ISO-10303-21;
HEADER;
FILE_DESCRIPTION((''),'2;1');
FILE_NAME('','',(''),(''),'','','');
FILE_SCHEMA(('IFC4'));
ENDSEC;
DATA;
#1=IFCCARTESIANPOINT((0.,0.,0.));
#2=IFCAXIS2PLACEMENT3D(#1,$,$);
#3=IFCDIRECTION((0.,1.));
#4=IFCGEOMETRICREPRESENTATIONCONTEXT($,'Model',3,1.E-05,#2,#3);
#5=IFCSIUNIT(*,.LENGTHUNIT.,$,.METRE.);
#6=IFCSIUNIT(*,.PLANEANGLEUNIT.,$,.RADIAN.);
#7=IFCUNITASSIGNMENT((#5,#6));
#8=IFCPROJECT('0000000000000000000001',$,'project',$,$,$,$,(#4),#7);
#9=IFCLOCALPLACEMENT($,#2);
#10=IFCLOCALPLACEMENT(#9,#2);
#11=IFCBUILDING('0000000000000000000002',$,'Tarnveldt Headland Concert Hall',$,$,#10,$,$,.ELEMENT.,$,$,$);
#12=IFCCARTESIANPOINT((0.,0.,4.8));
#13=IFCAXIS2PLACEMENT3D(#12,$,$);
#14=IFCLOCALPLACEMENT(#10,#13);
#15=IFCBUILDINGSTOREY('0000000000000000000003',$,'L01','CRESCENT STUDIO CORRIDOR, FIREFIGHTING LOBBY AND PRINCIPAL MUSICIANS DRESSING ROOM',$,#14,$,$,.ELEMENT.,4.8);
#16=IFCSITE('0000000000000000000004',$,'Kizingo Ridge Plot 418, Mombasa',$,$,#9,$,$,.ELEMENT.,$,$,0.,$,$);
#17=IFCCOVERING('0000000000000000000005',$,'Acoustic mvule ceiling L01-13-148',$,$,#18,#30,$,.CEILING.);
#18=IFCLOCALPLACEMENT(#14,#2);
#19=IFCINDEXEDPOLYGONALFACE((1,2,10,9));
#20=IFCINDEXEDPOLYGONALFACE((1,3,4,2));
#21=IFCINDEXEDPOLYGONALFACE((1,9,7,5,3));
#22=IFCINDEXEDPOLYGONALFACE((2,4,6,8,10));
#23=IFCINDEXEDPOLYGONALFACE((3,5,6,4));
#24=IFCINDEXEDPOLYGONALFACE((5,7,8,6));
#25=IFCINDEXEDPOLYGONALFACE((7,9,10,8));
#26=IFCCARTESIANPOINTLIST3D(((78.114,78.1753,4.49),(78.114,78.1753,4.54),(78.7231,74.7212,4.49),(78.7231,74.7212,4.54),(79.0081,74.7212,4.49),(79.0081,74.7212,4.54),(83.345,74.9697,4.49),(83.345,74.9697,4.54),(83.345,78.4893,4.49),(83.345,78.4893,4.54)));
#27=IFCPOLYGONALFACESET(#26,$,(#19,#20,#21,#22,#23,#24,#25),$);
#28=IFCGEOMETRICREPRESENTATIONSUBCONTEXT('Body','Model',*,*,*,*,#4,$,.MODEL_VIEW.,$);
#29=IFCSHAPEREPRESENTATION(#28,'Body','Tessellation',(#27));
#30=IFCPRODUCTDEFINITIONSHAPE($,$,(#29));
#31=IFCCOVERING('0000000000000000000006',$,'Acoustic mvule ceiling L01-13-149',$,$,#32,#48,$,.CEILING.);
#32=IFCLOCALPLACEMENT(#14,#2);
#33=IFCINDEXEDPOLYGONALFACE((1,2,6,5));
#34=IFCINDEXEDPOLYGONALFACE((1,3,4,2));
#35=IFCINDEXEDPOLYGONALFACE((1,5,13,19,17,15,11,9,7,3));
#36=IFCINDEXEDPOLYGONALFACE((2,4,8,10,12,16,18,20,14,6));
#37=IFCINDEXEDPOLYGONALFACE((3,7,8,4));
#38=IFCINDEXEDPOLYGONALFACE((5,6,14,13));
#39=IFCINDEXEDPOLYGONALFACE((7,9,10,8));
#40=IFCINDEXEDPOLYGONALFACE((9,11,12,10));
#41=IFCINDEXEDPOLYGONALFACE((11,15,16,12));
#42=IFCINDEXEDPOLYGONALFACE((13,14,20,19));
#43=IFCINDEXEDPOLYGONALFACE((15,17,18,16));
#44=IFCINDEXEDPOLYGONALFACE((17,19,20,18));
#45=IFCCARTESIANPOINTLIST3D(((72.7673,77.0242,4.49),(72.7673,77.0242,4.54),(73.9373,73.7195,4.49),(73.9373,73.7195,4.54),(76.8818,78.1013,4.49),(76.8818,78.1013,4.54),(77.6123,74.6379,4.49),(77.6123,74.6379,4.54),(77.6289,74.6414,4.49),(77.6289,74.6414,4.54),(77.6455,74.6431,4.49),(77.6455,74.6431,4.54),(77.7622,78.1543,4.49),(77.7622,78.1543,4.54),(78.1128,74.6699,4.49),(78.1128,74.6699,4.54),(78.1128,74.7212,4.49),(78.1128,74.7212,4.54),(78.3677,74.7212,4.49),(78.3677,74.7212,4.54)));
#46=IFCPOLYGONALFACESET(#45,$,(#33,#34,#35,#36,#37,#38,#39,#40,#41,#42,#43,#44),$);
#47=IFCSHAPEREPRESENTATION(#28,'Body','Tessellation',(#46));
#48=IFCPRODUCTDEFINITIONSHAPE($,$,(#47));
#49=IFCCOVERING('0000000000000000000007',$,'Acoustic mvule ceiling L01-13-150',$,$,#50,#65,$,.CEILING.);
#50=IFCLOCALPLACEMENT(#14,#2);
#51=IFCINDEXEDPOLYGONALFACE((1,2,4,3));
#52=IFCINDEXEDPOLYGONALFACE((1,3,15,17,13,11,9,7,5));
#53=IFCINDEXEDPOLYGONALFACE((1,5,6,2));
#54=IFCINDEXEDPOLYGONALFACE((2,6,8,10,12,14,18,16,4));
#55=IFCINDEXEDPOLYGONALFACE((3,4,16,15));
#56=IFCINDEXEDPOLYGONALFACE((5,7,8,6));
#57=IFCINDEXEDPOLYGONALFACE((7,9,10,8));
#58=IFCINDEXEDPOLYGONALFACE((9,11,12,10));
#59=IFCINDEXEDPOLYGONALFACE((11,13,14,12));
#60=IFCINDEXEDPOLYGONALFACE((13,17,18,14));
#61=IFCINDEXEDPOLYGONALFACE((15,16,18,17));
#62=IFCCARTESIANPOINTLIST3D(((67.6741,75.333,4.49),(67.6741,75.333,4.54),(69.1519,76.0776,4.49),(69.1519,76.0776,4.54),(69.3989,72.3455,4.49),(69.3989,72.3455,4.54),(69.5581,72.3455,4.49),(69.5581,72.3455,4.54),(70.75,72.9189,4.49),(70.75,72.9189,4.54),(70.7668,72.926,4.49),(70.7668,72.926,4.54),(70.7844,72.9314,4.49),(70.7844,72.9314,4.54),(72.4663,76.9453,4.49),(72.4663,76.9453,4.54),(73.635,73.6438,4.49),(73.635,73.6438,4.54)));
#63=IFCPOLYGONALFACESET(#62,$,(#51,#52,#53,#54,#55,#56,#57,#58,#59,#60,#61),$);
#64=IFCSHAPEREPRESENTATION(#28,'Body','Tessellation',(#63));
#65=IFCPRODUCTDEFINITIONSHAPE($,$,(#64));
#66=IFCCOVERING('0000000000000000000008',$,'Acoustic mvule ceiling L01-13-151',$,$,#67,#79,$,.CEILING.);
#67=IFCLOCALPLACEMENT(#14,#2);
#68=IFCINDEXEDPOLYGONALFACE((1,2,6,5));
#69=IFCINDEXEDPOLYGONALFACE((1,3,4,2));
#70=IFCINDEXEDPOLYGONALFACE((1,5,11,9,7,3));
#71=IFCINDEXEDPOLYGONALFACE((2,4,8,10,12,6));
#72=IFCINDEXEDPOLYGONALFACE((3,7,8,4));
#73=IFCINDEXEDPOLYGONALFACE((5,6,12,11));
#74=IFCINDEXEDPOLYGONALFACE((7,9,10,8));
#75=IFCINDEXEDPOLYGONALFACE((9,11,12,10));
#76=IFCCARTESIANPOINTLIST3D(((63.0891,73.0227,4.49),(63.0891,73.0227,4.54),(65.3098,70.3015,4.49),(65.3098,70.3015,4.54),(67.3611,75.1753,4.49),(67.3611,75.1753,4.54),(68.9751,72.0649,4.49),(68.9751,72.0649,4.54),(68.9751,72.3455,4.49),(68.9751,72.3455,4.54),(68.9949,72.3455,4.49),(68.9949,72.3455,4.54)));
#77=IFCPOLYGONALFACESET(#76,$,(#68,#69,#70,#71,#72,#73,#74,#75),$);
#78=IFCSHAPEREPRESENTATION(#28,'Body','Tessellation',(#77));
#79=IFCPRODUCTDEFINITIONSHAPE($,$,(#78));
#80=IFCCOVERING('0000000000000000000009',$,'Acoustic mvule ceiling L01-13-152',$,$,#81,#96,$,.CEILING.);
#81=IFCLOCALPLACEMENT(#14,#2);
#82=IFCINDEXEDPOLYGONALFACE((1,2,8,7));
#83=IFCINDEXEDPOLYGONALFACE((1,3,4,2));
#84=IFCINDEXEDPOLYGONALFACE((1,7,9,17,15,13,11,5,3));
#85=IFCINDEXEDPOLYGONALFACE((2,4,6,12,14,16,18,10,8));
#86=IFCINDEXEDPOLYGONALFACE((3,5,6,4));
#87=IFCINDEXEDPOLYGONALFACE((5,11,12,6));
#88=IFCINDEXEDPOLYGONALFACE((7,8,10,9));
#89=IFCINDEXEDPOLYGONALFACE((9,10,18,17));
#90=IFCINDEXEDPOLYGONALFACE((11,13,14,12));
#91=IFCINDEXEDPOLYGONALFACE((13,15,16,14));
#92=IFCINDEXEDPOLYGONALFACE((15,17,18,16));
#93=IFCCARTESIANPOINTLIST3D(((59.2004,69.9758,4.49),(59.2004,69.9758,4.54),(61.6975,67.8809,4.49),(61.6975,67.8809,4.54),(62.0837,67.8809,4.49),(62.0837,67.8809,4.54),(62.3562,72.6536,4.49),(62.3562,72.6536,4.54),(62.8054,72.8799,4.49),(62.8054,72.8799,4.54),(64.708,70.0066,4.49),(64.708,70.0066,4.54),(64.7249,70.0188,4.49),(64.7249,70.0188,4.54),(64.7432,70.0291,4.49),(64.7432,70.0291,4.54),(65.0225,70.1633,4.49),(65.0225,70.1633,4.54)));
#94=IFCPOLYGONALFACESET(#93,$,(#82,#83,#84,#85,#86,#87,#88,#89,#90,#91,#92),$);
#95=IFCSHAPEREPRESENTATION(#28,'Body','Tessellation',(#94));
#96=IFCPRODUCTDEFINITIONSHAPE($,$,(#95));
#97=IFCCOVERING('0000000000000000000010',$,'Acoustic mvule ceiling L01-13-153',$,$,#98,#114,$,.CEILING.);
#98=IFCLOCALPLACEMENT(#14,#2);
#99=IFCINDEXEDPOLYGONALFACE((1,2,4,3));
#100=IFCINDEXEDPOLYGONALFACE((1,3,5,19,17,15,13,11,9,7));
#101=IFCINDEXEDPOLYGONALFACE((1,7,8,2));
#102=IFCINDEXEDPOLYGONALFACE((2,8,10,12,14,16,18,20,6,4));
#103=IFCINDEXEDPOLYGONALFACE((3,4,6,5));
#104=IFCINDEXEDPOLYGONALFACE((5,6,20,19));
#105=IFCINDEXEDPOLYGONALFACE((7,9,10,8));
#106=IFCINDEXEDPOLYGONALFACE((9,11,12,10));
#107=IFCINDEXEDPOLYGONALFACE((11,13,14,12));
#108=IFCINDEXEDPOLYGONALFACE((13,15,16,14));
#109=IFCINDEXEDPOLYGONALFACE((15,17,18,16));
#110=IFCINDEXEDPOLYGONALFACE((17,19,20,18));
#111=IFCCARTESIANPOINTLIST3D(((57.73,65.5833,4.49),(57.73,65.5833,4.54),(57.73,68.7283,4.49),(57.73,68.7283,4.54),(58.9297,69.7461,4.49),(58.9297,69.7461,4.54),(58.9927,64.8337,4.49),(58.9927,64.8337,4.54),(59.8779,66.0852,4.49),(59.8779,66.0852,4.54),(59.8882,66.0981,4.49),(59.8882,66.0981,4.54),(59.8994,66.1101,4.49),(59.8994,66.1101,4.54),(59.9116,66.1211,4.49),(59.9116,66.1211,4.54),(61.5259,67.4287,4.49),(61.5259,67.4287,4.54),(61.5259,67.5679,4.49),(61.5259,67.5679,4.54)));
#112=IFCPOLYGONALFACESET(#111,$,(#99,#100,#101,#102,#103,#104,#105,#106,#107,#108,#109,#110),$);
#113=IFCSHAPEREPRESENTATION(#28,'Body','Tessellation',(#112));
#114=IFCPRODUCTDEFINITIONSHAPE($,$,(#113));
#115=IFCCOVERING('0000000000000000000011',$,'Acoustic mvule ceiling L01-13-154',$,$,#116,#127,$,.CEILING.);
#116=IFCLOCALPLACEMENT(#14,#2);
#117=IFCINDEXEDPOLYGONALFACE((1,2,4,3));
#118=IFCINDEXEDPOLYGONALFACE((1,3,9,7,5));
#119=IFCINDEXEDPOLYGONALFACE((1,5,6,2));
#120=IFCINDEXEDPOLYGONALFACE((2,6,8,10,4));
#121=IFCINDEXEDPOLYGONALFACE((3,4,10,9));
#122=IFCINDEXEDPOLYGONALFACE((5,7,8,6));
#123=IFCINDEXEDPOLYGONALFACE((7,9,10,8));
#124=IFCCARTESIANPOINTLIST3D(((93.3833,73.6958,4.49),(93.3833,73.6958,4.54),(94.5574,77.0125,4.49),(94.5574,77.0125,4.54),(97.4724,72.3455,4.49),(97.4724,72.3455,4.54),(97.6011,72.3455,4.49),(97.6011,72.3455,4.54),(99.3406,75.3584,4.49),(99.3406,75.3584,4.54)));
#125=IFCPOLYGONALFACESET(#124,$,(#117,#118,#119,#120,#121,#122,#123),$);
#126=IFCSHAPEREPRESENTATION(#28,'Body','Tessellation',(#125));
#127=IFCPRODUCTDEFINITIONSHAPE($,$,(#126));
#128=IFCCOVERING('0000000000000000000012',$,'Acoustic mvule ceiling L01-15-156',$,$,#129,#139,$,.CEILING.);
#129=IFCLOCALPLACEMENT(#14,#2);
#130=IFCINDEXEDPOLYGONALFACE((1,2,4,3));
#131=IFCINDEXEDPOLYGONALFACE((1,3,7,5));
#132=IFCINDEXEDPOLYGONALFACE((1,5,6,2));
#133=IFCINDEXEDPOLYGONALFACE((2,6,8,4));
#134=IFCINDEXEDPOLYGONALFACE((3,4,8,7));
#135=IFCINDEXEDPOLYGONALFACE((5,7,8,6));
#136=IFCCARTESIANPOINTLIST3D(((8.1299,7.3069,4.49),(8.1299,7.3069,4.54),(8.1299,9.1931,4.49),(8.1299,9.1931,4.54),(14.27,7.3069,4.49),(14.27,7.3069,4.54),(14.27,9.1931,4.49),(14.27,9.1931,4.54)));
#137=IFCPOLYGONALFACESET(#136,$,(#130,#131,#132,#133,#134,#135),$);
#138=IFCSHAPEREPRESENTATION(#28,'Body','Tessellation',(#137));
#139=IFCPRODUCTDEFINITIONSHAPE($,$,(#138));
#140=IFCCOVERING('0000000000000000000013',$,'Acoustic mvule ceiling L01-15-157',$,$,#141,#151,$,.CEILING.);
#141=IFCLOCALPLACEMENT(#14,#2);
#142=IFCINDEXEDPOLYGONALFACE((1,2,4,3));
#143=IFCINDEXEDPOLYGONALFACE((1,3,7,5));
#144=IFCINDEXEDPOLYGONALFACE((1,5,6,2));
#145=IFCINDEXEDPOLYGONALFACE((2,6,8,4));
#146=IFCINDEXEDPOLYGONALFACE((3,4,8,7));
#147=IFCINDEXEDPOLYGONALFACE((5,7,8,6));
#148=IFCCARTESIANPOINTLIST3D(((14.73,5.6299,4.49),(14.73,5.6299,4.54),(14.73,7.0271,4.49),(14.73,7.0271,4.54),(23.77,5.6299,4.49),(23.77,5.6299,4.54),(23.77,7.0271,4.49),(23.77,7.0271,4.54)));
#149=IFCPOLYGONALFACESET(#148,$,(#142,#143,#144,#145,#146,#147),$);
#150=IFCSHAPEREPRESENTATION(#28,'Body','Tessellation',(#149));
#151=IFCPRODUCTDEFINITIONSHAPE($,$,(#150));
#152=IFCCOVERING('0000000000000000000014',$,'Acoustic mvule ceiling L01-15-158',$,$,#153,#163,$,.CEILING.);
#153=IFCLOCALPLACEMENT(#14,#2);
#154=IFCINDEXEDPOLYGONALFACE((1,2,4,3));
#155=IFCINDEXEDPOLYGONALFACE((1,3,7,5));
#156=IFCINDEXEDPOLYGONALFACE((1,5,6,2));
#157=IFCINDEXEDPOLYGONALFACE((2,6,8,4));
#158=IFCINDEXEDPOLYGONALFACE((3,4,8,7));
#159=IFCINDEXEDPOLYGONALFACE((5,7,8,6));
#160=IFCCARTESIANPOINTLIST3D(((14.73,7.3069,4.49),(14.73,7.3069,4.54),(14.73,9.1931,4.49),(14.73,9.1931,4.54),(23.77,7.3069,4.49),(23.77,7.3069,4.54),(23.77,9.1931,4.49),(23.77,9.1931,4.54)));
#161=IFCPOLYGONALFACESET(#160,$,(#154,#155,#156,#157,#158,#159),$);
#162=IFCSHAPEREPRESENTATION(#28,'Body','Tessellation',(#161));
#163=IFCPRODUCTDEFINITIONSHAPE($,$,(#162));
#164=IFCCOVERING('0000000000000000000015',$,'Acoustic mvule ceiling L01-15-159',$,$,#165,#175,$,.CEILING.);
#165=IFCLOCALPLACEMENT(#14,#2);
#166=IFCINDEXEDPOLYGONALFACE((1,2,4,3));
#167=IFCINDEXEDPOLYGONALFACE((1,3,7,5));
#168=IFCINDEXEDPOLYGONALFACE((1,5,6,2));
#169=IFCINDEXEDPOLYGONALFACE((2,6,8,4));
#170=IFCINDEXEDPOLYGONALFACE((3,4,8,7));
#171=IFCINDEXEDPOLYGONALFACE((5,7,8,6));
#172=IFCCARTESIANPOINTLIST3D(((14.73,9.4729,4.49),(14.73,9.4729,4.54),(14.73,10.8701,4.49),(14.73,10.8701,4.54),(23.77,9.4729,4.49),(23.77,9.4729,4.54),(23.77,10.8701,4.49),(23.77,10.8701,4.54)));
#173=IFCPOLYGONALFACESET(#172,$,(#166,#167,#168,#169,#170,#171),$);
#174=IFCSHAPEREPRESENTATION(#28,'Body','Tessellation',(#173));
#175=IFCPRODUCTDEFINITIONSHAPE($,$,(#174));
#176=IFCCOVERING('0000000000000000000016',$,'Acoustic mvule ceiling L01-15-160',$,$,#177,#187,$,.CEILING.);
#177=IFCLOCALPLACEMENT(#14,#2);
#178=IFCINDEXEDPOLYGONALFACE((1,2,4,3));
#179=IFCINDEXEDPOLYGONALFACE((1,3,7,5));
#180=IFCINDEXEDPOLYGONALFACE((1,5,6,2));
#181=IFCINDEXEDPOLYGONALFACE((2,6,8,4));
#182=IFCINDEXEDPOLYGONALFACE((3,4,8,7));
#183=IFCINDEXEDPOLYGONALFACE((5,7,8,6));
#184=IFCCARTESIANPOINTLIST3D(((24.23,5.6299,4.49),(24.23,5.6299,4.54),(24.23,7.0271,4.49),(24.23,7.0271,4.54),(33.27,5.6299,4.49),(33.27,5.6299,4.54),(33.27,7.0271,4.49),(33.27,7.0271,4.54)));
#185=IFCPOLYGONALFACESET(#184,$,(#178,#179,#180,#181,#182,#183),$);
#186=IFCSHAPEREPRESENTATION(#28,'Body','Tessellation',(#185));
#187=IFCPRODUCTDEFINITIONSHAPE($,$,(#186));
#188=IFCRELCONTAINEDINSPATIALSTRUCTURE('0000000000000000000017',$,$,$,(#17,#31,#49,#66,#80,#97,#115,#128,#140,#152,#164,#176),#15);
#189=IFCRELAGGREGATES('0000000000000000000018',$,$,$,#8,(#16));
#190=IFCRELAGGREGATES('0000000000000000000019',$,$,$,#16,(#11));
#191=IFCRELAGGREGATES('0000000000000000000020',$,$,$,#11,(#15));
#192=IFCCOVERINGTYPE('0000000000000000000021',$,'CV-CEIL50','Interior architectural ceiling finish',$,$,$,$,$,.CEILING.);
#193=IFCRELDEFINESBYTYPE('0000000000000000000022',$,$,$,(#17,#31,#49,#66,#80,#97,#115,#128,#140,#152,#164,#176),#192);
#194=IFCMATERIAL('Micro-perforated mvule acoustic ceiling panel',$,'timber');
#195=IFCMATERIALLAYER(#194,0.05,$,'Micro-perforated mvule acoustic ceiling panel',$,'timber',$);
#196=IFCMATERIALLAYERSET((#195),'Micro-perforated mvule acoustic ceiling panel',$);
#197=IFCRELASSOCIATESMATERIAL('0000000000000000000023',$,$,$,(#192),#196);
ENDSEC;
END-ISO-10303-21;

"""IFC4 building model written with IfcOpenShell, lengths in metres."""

from ifc_helpers import new_model, si_unit, direction, frame, origin, place, context, subcontext, project, spatial, polyline, outline, extrude, material, layer, layer_set, type_object, element, save


model = new_model("IFC4")

# Units and contexts
model_context = context("Model", 3, precision=1e-05, world=origin(), true_north=direction((0.0, 1.0)))
body_context = subcontext(model_context, "Body", "Model", "MODEL_VIEW")
ifc_project = project(units=[si_unit("LENGTHUNIT", "METRE"), si_unit("PLANEANGLEUNIT", "RADIAN")], contexts=[model_context])

# Site, building, storey
site_placement = place(None, origin())
site = spatial("IfcSite", under=ifc_project, at=site_placement, Name="Kizingo Ridge Plot 418, Mombasa", CompositionType="ELEMENT", RefElevation=0.0)
building_placement = place(site_placement, origin())
building = spatial("IfcBuilding", under=site, at=building_placement, Name="Tarnveldt Headland Concert Hall", CompositionType="ELEMENT")
storey_placement = place(building_placement, frame((0.0, 0.0, 4.8)))
storey = spatial("IfcBuildingStorey", under=building, at=storey_placement, Name="L01", Description="CRESCENT STUDIO CORRIDOR, FIREFIGHTING LOBBY AND PRINCIPAL MUSICIANS DRESSING ROOM", CompositionType="ELEMENT", Elevation=4.8)

# Coverings
ifc_material = material(Name="Micro-perforated mvule acoustic ceiling panel", Category="timber")
ifc_layer = layer(ifc_material, 0.05, Name="Micro-perforated mvule acoustic ceiling panel", Category="timber")
ifc_layer_set = layer_set([ifc_layer], Name="Micro-perforated mvule acoustic ceiling panel")
covering_type = type_object("IfcCoveringType", Name="CV-CEIL50", Description="Interior architectural ceiling finish", PredefinedType="CEILING", material=ifc_layer_set)
covering_1_placement = place(storey_placement, frame((0.0, 0.0, 4.49)))
element("IfcCovering", 1, at=covering_1_placement, inside=storey, type_object=covering_type, Name="Acoustic mvule ceiling L01-13-148", PredefinedType="CEILING", context=body_context, shape_type="SweptSolid", body=[
    extrude(outline(polyline([(83.345, 74.9697), (79.0081, 74.7212), (78.7231, 74.7212), (78.114, 78.1753), (83.345, 78.4893), (83.345, 74.9697)])), origin(), (0.0, 0.0, 1.0), 0.05),
])
covering_2_placement = place(storey_placement, frame((0.0, 0.0, 4.49)))
element("IfcCovering", 2, at=covering_2_placement, inside=storey, type_object=covering_type, Name="Acoustic mvule ceiling L01-13-149", PredefinedType="CEILING", context=body_context, shape_type="SweptSolid", body=[
    extrude(outline(polyline([(77.6289, 74.6414), (77.6123, 74.6379), (73.9373, 73.7195), (72.7673, 77.0242), (76.8818, 78.1013), (77.7622, 78.1543), (78.3677, 74.7212), (78.1128, 74.7212), (78.1128, 74.6699), (77.6455, 74.6431), (77.6289, 74.6414)])), origin(), (0.0, 0.0, 1.0), 0.05),
])
covering_3_placement = place(storey_placement, frame((0.0, 0.0, 4.49)))
element("IfcCovering", 3, at=covering_3_placement, inside=storey, type_object=covering_type, Name="Acoustic mvule ceiling L01-13-150", PredefinedType="CEILING", context=body_context, shape_type="SweptSolid", body=[
    extrude(outline(polyline([(69.5581, 72.3455), (69.3989, 72.3455), (67.6741, 75.333), (69.1519, 76.0776), (72.4663, 76.9453), (73.635, 73.6438), (70.7844, 72.9314), (70.7668, 72.926), (70.75, 72.9189), (69.5581, 72.3455)])), origin(), (0.0, 0.0, 1.0), 0.05),
])
covering_4_placement = place(storey_placement, frame((0.0, 0.0, 4.49)))
element("IfcCovering", 4, at=covering_4_placement, inside=storey, type_object=covering_type, Name="Acoustic mvule ceiling L01-13-151", PredefinedType="CEILING", context=body_context, shape_type="SweptSolid", body=[
    extrude(outline(polyline([(68.9949, 72.3455), (68.9751, 72.3455), (68.9751, 72.0649), (65.3098, 70.3015), (63.0891, 73.0227), (67.3611, 75.1753), (68.9949, 72.3455)])), origin(), (0.0, 0.0, 1.0), 0.05),
])
covering_5_placement = place(storey_placement, frame((0.0, 0.0, 4.49)))
element("IfcCovering", 5, at=covering_5_placement, inside=storey, type_object=covering_type, Name="Acoustic mvule ceiling L01-13-152", PredefinedType="CEILING", context=body_context, shape_type="SweptSolid", body=[
    extrude(outline(polyline([(64.7249, 70.0188), (64.708, 70.0066), (62.0837, 67.8809), (61.6975, 67.8809), (59.2004, 69.9758), (62.3562, 72.6536), (62.8054, 72.8799), (65.0225, 70.1633), (64.7432, 70.0291), (64.7249, 70.0188)])), origin(), (0.0, 0.0, 1.0), 0.05),
])
covering_6_placement = place(storey_placement, frame((0.0, 0.0, 4.49)))
element("IfcCovering", 6, at=covering_6_placement, inside=storey, type_object=covering_type, Name="Acoustic mvule ceiling L01-13-153", PredefinedType="CEILING", context=body_context, shape_type="SweptSolid", body=[
    extrude(outline(polyline([(61.5259, 67.4287), (59.9116, 66.1211), (59.8994, 66.1101), (59.8882, 66.0981), (59.8779, 66.0852), (58.9927, 64.8337), (57.73, 65.5833), (57.73, 68.7283), (58.9297, 69.7461), (61.5259, 67.5679), (61.5259, 67.4287)])), origin(), (0.0, 0.0, 1.0), 0.05),
])
covering_7_placement = place(storey_placement, frame((0.0, 0.0, 4.49)))
element("IfcCovering", 7, at=covering_7_placement, inside=storey, type_object=covering_type, Name="Acoustic mvule ceiling L01-13-154", PredefinedType="CEILING", context=body_context, shape_type="SweptSolid", body=[
    extrude(outline(polyline([(97.6011, 72.3455), (97.4724, 72.3455), (93.3833, 73.6958), (94.5574, 77.0125), (99.3406, 75.3584), (97.6011, 72.3455)])), origin(), (0.0, 0.0, 1.0), 0.05),
])
covering_8_placement = place(storey_placement, frame((0.0, 0.0, 4.49)))
element("IfcCovering", 8, at=covering_8_placement, inside=storey, type_object=covering_type, Name="Acoustic mvule ceiling L01-15-156", PredefinedType="CEILING", context=body_context, shape_type="SweptSolid", body=[
    extrude(outline(polyline([(14.27, 7.3069), (8.1299, 7.3069), (8.1299, 9.1931), (14.27, 9.1931), (14.27, 7.3069)])), origin(), (0.0, 0.0, 1.0), 0.05),
])
covering_9_placement = place(storey_placement, frame((0.0, 0.0, 4.49)))
element("IfcCovering", 9, at=covering_9_placement, inside=storey, type_object=covering_type, Name="Acoustic mvule ceiling L01-15-157", PredefinedType="CEILING", context=body_context, shape_type="SweptSolid", body=[
    extrude(outline(polyline([(14.73, 7.0271), (23.77, 7.0271), (23.77, 5.6299), (14.73, 5.6299), (14.73, 7.0271)])), origin(), (0.0, 0.0, 1.0), 0.05),
])
covering_10_placement = place(storey_placement, frame((0.0, 0.0, 4.49)))
element("IfcCovering", 10, at=covering_10_placement, inside=storey, type_object=covering_type, Name="Acoustic mvule ceiling L01-15-158", PredefinedType="CEILING", context=body_context, shape_type="SweptSolid", body=[
    extrude(outline(polyline([(14.73, 7.3069), (14.73, 9.1931), (23.77, 9.1931), (23.77, 7.3069), (14.73, 7.3069)])), origin(), (0.0, 0.0, 1.0), 0.05),
])
covering_11_placement = place(storey_placement, frame((0.0, 0.0, 4.49)))
element("IfcCovering", 11, at=covering_11_placement, inside=storey, type_object=covering_type, Name="Acoustic mvule ceiling L01-15-159", PredefinedType="CEILING", context=body_context, shape_type="SweptSolid", body=[
    extrude(outline(polyline([(14.73, 9.4729), (14.73, 10.8701), (23.77, 10.8701), (23.77, 9.4729), (14.73, 9.4729)])), origin(), (0.0, 0.0, 1.0), 0.05),
])
covering_12_placement = place(storey_placement, frame((0.0, 0.0, 4.49)))
element("IfcCovering", 12, at=covering_12_placement, inside=storey, type_object=covering_type, Name="Acoustic mvule ceiling L01-15-160", PredefinedType="CEILING", context=body_context, shape_type="SweptSolid", body=[
    extrude(outline(polyline([(33.27, 7.0271), (33.27, 5.6299), (24.23, 5.6299), (24.23, 7.0271), (33.27, 7.0271)])), origin(), (0.0, 0.0, 1.0), 0.05),
])

save(model, "model.ifc")
